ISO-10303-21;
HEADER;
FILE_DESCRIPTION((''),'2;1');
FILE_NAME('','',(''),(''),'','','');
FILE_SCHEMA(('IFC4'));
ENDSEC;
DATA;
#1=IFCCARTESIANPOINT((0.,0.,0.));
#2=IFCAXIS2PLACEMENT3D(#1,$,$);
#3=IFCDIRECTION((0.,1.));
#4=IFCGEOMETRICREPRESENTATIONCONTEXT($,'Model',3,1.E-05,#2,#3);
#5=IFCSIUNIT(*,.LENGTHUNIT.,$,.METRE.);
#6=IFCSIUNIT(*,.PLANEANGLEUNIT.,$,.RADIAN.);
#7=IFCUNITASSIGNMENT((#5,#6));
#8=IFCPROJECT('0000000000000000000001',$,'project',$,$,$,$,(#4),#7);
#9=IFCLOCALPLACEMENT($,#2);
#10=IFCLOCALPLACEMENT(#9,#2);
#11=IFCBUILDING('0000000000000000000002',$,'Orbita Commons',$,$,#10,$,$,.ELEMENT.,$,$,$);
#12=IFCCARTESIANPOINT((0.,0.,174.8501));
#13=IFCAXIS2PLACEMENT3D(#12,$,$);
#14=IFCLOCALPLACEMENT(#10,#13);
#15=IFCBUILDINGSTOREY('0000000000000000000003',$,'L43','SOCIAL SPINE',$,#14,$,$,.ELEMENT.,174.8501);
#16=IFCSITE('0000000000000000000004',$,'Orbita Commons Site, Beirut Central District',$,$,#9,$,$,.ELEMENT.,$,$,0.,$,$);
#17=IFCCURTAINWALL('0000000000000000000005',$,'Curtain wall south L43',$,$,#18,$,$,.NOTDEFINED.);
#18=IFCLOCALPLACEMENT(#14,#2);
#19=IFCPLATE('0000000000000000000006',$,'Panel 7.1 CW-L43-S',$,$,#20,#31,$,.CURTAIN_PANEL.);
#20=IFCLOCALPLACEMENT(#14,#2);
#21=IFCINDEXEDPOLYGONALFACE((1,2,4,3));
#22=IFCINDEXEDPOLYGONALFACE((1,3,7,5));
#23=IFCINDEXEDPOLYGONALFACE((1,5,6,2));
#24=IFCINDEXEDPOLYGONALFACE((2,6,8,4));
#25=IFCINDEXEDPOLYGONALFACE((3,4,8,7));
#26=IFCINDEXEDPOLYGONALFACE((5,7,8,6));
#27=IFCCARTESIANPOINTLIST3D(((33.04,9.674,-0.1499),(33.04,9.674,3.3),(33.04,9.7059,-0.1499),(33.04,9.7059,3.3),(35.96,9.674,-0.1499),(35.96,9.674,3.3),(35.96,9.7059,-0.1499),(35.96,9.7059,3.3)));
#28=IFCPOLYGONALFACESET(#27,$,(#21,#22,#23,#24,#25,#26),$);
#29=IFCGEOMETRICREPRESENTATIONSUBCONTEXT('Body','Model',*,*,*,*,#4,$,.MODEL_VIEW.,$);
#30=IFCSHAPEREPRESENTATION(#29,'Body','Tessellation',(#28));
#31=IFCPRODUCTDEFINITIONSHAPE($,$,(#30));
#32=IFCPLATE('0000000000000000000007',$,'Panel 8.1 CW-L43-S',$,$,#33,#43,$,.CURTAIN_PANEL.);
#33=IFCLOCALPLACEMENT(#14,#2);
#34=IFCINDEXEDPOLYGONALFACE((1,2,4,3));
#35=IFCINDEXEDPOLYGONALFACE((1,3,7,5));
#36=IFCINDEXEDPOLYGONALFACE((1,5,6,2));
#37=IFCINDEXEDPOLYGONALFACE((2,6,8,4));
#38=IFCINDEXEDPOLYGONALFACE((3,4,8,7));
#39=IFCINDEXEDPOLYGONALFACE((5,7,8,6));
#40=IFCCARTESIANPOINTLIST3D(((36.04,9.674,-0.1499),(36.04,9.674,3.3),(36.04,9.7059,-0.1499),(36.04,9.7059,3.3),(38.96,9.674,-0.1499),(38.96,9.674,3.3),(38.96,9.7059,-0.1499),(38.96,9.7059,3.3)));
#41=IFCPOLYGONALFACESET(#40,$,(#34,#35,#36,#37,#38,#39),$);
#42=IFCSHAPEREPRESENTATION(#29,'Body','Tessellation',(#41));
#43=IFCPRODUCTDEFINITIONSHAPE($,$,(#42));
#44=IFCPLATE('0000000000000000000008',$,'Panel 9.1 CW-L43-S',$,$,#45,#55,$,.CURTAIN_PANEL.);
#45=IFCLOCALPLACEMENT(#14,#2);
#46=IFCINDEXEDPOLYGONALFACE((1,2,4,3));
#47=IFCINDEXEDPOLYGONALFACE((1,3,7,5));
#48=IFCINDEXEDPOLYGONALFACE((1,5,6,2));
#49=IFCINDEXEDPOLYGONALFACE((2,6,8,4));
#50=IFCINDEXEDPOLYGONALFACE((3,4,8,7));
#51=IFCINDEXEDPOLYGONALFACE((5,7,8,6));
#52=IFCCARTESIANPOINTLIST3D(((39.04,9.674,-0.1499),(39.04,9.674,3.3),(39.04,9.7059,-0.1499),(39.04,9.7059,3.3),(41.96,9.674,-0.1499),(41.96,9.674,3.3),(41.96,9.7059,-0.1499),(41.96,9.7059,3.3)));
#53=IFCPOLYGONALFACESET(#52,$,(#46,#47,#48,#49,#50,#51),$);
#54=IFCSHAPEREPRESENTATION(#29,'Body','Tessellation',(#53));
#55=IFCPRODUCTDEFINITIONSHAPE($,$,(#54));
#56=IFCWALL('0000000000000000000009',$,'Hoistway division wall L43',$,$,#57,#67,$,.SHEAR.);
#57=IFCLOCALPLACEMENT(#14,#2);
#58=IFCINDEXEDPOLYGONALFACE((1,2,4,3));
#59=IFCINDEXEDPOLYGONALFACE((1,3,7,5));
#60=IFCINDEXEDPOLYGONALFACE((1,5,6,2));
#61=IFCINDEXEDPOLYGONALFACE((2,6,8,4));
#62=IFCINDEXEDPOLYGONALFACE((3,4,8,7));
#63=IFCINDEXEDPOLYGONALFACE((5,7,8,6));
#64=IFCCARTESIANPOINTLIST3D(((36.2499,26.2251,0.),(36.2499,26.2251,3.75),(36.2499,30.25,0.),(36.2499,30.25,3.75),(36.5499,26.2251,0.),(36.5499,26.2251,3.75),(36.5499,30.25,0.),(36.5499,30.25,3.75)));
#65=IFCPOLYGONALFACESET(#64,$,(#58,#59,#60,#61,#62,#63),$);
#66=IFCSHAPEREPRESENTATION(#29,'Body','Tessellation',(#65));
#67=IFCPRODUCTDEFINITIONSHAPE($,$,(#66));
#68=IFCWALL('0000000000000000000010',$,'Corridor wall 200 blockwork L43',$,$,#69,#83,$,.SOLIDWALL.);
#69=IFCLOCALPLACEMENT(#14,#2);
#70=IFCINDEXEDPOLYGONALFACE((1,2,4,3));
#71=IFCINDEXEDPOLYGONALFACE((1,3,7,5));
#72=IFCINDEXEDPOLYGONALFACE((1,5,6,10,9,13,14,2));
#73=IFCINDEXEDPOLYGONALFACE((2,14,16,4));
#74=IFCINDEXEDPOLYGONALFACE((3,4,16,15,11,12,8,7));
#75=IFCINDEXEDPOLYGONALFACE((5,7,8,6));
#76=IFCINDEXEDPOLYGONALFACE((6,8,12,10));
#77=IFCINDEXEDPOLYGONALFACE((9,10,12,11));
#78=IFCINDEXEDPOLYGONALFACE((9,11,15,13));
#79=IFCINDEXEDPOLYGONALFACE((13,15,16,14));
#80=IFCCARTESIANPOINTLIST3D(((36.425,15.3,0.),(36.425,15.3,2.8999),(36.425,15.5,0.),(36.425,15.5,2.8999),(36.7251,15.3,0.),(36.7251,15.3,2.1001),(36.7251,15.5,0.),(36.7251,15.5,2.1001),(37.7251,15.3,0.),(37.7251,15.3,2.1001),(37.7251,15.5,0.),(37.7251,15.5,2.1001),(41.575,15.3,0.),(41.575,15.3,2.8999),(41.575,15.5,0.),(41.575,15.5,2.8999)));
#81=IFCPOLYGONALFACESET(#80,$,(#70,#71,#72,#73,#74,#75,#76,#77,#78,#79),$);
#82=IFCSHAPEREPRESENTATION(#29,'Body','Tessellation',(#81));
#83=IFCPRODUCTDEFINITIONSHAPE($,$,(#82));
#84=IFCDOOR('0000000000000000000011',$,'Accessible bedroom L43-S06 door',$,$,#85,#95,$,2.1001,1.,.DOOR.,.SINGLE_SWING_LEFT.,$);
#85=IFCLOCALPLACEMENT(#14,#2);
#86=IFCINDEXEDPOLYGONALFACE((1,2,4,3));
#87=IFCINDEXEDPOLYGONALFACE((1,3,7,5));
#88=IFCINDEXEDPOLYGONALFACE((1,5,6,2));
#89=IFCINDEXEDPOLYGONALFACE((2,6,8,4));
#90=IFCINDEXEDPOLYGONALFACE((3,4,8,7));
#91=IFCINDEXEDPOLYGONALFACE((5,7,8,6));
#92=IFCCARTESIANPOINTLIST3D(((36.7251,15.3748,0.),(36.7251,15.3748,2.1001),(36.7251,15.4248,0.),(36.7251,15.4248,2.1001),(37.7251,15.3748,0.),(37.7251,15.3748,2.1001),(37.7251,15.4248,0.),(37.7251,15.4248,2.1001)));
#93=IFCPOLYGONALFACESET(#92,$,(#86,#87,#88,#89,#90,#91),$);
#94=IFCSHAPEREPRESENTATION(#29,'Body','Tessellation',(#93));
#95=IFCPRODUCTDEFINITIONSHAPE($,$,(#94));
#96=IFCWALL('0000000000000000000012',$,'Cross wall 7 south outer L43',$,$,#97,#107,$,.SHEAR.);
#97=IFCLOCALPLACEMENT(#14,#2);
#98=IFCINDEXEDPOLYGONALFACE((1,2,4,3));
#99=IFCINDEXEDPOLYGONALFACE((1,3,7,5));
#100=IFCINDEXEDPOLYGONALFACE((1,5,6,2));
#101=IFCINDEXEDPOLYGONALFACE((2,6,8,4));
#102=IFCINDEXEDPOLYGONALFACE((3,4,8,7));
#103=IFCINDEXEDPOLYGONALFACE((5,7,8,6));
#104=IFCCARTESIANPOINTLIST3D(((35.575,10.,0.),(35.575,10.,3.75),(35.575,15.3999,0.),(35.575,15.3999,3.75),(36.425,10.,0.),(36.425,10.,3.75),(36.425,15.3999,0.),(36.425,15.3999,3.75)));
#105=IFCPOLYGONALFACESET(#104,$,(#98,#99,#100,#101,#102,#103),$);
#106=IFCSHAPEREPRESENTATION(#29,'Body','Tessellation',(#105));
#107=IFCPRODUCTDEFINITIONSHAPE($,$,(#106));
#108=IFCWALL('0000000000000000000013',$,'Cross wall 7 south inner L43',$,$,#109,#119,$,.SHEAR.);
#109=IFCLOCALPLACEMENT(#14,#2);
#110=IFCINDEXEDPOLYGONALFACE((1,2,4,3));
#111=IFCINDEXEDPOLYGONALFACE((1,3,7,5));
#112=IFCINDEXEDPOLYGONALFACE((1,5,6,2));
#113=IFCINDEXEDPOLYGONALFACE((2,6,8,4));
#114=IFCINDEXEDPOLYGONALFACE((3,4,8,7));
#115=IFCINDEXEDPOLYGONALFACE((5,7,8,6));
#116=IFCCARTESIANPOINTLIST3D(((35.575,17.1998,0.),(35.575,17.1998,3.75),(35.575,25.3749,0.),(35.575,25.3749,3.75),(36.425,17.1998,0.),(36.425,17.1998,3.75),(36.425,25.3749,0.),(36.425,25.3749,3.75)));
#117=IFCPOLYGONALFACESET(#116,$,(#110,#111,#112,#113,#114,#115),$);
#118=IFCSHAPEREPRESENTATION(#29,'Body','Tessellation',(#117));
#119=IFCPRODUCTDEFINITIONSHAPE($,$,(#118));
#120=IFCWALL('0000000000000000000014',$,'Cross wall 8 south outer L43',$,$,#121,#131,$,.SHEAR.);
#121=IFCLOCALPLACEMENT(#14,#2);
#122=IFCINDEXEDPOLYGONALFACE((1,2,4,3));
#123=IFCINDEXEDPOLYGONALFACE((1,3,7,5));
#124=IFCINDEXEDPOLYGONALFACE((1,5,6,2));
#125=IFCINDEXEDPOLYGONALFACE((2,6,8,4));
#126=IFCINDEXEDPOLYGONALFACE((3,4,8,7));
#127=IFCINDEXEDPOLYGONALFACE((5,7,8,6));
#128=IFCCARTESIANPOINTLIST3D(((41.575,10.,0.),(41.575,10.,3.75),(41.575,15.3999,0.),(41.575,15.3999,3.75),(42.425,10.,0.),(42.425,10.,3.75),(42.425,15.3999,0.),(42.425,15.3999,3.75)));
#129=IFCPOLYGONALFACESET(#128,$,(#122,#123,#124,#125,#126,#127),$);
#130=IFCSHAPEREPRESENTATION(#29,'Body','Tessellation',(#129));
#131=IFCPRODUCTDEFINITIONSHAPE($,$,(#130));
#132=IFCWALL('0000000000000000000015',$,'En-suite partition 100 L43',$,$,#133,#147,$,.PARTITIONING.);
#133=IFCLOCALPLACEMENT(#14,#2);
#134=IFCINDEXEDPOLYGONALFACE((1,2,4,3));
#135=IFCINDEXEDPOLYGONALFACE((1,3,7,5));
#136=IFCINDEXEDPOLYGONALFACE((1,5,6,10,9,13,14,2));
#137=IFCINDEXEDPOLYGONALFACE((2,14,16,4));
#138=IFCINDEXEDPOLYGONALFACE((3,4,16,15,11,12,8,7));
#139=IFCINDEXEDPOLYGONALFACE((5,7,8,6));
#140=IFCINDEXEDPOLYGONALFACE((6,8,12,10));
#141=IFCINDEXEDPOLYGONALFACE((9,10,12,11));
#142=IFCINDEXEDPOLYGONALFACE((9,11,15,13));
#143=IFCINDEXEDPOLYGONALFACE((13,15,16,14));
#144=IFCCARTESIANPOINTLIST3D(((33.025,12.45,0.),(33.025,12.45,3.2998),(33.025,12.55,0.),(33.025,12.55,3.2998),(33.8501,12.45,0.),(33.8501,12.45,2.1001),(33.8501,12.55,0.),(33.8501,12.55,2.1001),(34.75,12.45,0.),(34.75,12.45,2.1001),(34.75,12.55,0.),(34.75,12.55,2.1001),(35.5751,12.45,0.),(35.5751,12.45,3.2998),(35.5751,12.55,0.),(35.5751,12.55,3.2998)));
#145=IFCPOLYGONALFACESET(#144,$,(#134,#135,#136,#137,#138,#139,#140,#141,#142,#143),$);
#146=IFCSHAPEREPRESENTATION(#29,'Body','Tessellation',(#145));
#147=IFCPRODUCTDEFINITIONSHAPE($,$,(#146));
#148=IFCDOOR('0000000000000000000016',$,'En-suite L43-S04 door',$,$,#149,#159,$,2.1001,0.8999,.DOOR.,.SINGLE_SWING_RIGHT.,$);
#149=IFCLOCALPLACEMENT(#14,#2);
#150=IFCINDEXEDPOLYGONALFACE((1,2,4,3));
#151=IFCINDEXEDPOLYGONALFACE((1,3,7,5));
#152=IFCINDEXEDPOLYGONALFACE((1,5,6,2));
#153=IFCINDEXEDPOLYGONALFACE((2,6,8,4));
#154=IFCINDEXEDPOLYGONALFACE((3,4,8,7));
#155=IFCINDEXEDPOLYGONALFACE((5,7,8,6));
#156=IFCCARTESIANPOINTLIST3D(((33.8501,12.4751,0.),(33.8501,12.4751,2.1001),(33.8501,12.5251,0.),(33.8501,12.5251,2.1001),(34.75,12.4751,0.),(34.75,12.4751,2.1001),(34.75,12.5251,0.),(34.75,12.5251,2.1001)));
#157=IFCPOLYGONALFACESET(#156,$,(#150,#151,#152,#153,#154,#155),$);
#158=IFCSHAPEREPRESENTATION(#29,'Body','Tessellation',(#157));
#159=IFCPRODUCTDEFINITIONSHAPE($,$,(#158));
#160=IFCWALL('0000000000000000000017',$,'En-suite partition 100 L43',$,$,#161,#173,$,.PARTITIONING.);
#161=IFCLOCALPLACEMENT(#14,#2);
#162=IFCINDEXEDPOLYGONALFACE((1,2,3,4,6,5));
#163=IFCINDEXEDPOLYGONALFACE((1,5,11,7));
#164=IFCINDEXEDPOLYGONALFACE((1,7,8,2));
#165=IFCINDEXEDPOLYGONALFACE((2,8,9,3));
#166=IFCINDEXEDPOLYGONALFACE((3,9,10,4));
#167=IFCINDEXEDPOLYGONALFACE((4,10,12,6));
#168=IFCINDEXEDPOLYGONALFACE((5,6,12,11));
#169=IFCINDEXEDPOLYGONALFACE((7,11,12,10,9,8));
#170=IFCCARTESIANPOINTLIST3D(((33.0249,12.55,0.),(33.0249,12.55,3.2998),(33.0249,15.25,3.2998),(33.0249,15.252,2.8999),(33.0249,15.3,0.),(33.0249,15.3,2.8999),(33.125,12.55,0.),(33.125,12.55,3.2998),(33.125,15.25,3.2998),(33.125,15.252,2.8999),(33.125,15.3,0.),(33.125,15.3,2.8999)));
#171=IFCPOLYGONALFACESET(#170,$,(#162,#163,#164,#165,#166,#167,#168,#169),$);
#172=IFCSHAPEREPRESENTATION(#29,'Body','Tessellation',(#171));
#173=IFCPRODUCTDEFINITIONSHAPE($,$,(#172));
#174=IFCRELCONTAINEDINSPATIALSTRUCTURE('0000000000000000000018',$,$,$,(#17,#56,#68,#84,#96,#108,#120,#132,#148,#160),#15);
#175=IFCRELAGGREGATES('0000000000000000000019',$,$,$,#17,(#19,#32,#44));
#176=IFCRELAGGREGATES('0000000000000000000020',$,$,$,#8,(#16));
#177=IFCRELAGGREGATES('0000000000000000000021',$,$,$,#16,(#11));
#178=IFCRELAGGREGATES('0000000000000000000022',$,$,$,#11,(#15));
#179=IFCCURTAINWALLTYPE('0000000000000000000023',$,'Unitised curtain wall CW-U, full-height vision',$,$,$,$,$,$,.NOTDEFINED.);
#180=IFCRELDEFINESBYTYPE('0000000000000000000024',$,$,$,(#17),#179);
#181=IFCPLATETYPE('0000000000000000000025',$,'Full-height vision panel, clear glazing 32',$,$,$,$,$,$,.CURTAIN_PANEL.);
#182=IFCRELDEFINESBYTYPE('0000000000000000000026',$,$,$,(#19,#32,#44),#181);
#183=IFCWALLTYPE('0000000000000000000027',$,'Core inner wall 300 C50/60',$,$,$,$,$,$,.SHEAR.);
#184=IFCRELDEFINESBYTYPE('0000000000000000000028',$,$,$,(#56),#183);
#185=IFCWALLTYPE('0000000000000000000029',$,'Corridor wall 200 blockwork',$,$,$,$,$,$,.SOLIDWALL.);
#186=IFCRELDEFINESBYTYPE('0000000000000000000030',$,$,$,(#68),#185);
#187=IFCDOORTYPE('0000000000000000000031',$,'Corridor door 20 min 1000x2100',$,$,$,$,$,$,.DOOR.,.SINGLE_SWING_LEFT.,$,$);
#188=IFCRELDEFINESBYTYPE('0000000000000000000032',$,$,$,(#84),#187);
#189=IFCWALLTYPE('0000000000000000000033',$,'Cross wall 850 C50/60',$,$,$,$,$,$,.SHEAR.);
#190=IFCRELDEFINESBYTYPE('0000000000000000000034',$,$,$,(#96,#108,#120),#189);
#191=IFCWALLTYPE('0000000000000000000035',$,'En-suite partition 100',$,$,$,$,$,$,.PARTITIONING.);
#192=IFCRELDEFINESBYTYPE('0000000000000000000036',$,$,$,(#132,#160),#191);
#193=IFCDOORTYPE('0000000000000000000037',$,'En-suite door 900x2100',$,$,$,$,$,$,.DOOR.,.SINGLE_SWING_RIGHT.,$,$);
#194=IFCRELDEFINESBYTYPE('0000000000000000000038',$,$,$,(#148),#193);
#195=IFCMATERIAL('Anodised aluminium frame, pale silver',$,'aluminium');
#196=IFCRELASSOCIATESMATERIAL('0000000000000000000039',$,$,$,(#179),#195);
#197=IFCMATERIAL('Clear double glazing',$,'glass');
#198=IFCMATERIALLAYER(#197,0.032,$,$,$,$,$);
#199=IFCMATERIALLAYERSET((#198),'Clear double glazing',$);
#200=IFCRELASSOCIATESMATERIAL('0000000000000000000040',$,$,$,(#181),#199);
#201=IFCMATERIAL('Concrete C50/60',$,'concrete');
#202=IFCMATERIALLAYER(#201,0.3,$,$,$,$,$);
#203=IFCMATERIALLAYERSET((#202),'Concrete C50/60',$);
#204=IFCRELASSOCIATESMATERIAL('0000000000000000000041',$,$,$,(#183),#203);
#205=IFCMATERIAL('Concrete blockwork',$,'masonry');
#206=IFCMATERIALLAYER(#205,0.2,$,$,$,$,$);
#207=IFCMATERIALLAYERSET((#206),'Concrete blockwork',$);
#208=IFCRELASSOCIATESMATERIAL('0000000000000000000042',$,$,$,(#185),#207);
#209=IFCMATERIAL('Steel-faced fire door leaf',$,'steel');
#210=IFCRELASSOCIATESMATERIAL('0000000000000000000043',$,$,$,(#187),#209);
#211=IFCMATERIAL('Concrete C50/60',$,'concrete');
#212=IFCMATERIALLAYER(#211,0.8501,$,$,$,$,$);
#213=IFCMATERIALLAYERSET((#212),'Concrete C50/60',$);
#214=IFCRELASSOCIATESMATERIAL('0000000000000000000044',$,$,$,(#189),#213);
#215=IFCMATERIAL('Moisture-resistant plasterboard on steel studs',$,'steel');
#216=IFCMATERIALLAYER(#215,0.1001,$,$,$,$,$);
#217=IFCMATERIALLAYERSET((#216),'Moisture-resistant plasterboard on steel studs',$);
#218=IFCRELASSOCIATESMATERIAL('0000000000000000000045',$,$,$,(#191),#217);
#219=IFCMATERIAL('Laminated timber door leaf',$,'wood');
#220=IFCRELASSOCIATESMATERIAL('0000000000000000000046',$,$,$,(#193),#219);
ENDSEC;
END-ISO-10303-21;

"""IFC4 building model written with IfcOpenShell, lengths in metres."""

from ifc_helpers import new_model, si_unit, direction, frame, frame_2d, origin, origin_2d, place, context, subcontext, project, spatial, polyline, rectangle, outline, extrude, material, layer, layer_set, type_object, element, fill, aggregate, save


model = new_model("IFC4")

# Units and contexts
model_context = context("Model", 3, precision=1e-05, world=origin(), true_north=direction((0.0, 1.0)))
body_context = subcontext(model_context, "Body", "Model", "MODEL_VIEW")
ifc_project = project(units=[si_unit("LENGTHUNIT", "METRE"), si_unit("PLANEANGLEUNIT", "RADIAN")], contexts=[model_context])

# Site, building, storey
site_placement = place(None, origin())
site = spatial("IfcSite", under=ifc_project, at=site_placement, Name="Orbita Commons Site, Beirut Central District", CompositionType="ELEMENT", RefElevation=0.0)
building_placement = place(site_placement, origin())
building = spatial("IfcBuilding", under=site, at=building_placement, Name="Orbita Commons", CompositionType="ELEMENT")
storey_placement = place(building_placement, frame((0.0, 0.0, 174.8501)))
storey = spatial("IfcBuildingStorey", under=building, at=storey_placement, Name="L43", Description="SOCIAL SPINE", CompositionType="ELEMENT", Elevation=174.8501)

# Curtain wall
ifc_material_1 = material(Name="Anodised aluminium frame, pale silver", Category="aluminium")
curtain_wall_type = type_object("IfcCurtainWallType", Name="Unitised curtain wall CW-U, full-height vision", PredefinedType="NOTDEFINED", material=ifc_material_1)
curtain_wall_placement = place(storey_placement, origin())
curtain_wall = element("IfcCurtainWall", 1, at=curtain_wall_placement, inside=storey, type_object=curtain_wall_type, Name="Curtain wall south L43", PredefinedType="NOTDEFINED")

# Plates
ifc_material_2 = material(Name="Clear double glazing", Category="glass")
ifc_layer_1 = layer(ifc_material_2, 0.032)
ifc_layer_set_1 = layer_set([ifc_layer_1], Name="Clear double glazing")
plate_type = type_object("IfcPlateType", Name="Full-height vision panel, clear glazing 32", PredefinedType="CURTAIN_PANEL", material=ifc_layer_set_1)
plate_1_placement = place(storey_placement, frame((34.5, 9.6899, -0.1499), z_axis=(0.0, 0.0, 1.0), x_axis=(1.0, 0.0, 0.0)))
plate_1 = element("IfcPlate", 2, at=plate_1_placement, type_object=plate_type, Name="Panel 7.1 CW-L43-S", PredefinedType="CURTAIN_PANEL", context=body_context, shape_type="SweptSolid", body=[
    extrude(rectangle(XDim=2.9199, YDim=0.032, at=origin_2d()), origin(), (0.0, 0.0, 1.0), 3.45),
])
plate_2_placement = place(storey_placement, frame((37.5, 9.6899, -0.1499), z_axis=(0.0, 0.0, 1.0), x_axis=(1.0, 0.0, 0.0)))
plate_2 = element("IfcPlate", 3, at=plate_2_placement, type_object=plate_type, Name="Panel 8.1 CW-L43-S", PredefinedType="CURTAIN_PANEL", context=body_context, shape_type="SweptSolid", body=[
    extrude(rectangle(XDim=2.9199, YDim=0.032, at=origin_2d()), origin(), (0.0, 0.0, 1.0), 3.45),
])
plate_3_placement = place(storey_placement, frame((40.5, 9.6899, -0.1499), z_axis=(0.0, 0.0, 1.0), x_axis=(1.0, 0.0, 0.0)))
plate_3 = element("IfcPlate", 4, at=plate_3_placement, type_object=plate_type, Name="Panel 9.1 CW-L43-S", PredefinedType="CURTAIN_PANEL", context=body_context, shape_type="SweptSolid", body=[
    extrude(rectangle(XDim=2.9199, YDim=0.032, at=origin_2d()), origin(), (0.0, 0.0, 1.0), 3.45),
])
aggregate(curtain_wall, [plate_1, plate_2, plate_3])

# Wall
ifc_material_3 = material(Name="Concrete C50/60", Category="concrete")
ifc_layer_2 = layer(ifc_material_3, 0.3)
ifc_layer_set_2 = layer_set([ifc_layer_2], Name="Concrete C50/60")
wall_type_1 = type_object("IfcWallType", Name="Core inner wall 300 C50/60", PredefinedType="SHEAR", material=ifc_layer_set_2)
wall_1_placement = place(storey_placement, frame((36.3999, 26.2251, 0.0), z_axis=(0.0, 0.0, 1.0), x_axis=(0.0, 1.0, 0.0)))
element("IfcWall", 5, at=wall_1_placement, inside=storey, type_object=wall_type_1, Name="Hoistway division wall L43", PredefinedType="SHEAR", context=body_context, shape_type="SweptSolid", body=[
    extrude(rectangle(XDim=4.0249, YDim=0.3, at=frame_2d((2.0125, 0.0))), origin(), (0.0, 0.0, 1.0), 3.75),
])

# Wall, opening, door
ifc_material_4 = material(Name="Concrete blockwork", Category="masonry")
ifc_layer_3 = layer(ifc_material_4, 0.2)
ifc_layer_set_3 = layer_set([ifc_layer_3], Name="Concrete blockwork")
wall_type_2 = type_object("IfcWallType", Name="Corridor wall 200 blockwork", PredefinedType="SOLIDWALL", material=ifc_layer_set_3)
wall_2_placement = place(storey_placement, frame((36.425, 15.3999, 0.0), z_axis=(0.0, 0.0, 1.0), x_axis=(1.0, 0.0, 0.0)))
wall_2 = element("IfcWall", 6, at=wall_2_placement, inside=storey, type_object=wall_type_2, Name="Corridor wall 200 blockwork L43", PredefinedType="SOLIDWALL", context=body_context, shape_type="SweptSolid", body=[
    extrude(outline(polyline([(0.0, 0.0), (5.1499, 0.0), (5.1499, 2.8999), (0.0, 2.8999), (0.0, 0.0)])), frame((0.0, 0.1001, 0.0), z_axis=(0.0, -1.0, 0.0), x_axis=(1.0, 0.0, 0.0)), (0.0, 0.0, 1.0), 0.2),
])
opening_1_placement = place(wall_2_placement, frame((0.3, 0.0, 0.0)))
opening_1 = element("IfcOpeningElement", 7, at=opening_1_placement, cuts=wall_2, PredefinedType="OPENING", context=body_context, shape_type="SweptSolid", body=[
    extrude(rectangle(XDim=1.0, YDim=2.1001, at=frame_2d((0.5, 1.05))), frame((0.0, 0.1099, 0.0), z_axis=(0.0, -1.0, 0.0), x_axis=(1.0, 0.0, 0.0)), (0.0, 0.0, 1.0), 0.22),
])
ifc_material_5 = material(Name="Steel-faced fire door leaf", Category="steel")
door_type_1 = type_object("IfcDoorType", Name="Corridor door 20 min 1000x2100", OperationType="SINGLE_SWING_LEFT", PredefinedType="DOOR", material=ifc_material_5)
door_1_placement = place(opening_1_placement, origin())
door_1 = element("IfcDoor", 8, at=door_1_placement, inside=storey, type_object=door_type_1, Name="Accessible bedroom L43-S06 door", OperationType="SINGLE_SWING_LEFT", OverallHeight=2.1001, OverallWidth=1.0, PredefinedType="DOOR", context=body_context, shape_type="SweptSolid", body=[
    extrude(rectangle(XDim=1.0, YDim=2.1001, at=frame_2d((0.5, 1.05))), frame((0.0, 0.0249, 0.0), z_axis=(0.0, -1.0, 0.0), x_axis=(1.0, 0.0, 0.0)), (0.0, 0.0, 1.0), 0.05),
])
fill(opening_1, door_1)

# Walls
ifc_material_6 = material(Name="Concrete C50/60", Category="concrete")
ifc_layer_4 = layer(ifc_material_6, 0.8501)
ifc_layer_set_4 = layer_set([ifc_layer_4], Name="Concrete C50/60")
wall_type_3 = type_object("IfcWallType", Name="Cross wall 850 C50/60", PredefinedType="SHEAR", material=ifc_layer_set_4)
wall_3_placement = place(storey_placement, frame((36.0, 10.0, 0.0), z_axis=(0.0, 0.0, 1.0), x_axis=(0.0, 1.0, 0.0)))
element("IfcWall", 9, at=wall_3_placement, inside=storey, type_object=wall_type_3, Name="Cross wall 7 south outer L43", PredefinedType="SHEAR", context=body_context, shape_type="SweptSolid", body=[
    extrude(rectangle(XDim=5.3999, YDim=0.8501, at=frame_2d((2.7, 0.0))), origin(), (0.0, 0.0, 1.0), 3.75),
])
wall_4_placement = place(storey_placement, frame((36.0, 17.2, 0.0), z_axis=(0.0, 0.0, 1.0), x_axis=(0.0, 1.0, 0.0)))
element("IfcWall", 10, at=wall_4_placement, inside=storey, type_object=wall_type_3, Name="Cross wall 7 south inner L43", PredefinedType="SHEAR", context=body_context, shape_type="SweptSolid", body=[
    extrude(rectangle(XDim=8.175, YDim=0.8501, at=frame_2d((4.0874, 0.0))), origin(), (0.0, 0.0, 1.0), 3.75),
])
wall_5_placement = place(storey_placement, frame((42.0, 10.0, 0.0), z_axis=(0.0, 0.0, 1.0), x_axis=(0.0, 1.0, 0.0)))
element("IfcWall", 11, at=wall_5_placement, inside=storey, type_object=wall_type_3, Name="Cross wall 8 south outer L43", PredefinedType="SHEAR", context=body_context, shape_type="SweptSolid", body=[
    extrude(rectangle(XDim=5.3999, YDim=0.8501, at=frame_2d((2.7, 0.0))), origin(), (0.0, 0.0, 1.0), 3.75),
])

# Wall, opening, door
ifc_material_7 = material(Name="Moisture-resistant plasterboard on steel studs", Category="steel")
ifc_layer_5 = layer(ifc_material_7, 0.1001)
ifc_layer_set_5 = layer_set([ifc_layer_5], Name="Moisture-resistant plasterboard on steel studs")
wall_type_4 = type_object("IfcWallType", Name="En-suite partition 100", PredefinedType="PARTITIONING", material=ifc_layer_set_5)
wall_6_placement = place(storey_placement, frame((35.575, 12.5, 0.0), z_axis=(0.0, 0.0, 1.0), x_axis=(-1.0, 0.0, 0.0)))
wall_6 = element("IfcWall", 12, at=wall_6_placement, inside=storey, type_object=wall_type_4, Name="En-suite partition 100 L43", PredefinedType="PARTITIONING", context=body_context, shape_type="SweptSolid", body=[
    extrude(rectangle(XDim=2.55, YDim=0.1001, at=frame_2d((1.2749, 0.0))), origin(), (0.0, 0.0, 1.0), 3.2998),
])
opening_2_placement = place(wall_6_placement, frame((0.825, 0.0, 0.0)))
opening_2 = element("IfcOpeningElement", 13, at=opening_2_placement, cuts=wall_6, PredefinedType="OPENING", context=body_context, shape_type="SweptSolid", body=[
    extrude(rectangle(XDim=0.8999, YDim=2.1001, at=frame_2d((0.45, 1.05))), frame((0.0, 0.0601, 0.0), z_axis=(0.0, -1.0, 0.0), x_axis=(1.0, 0.0, 0.0)), (0.0, 0.0, 1.0), 0.1201),
])
ifc_material_8 = material(Name="Laminated timber door leaf", Category="wood")
door_type_2 = type_object("IfcDoorType", Name="En-suite door 900x2100", OperationType="SINGLE_SWING_RIGHT", PredefinedType="DOOR", material=ifc_material_8)
door_2_placement = place(opening_2_placement, origin())
door_2 = element("IfcDoor", 14, at=door_2_placement, inside=storey, type_object=door_type_2, Name="En-suite L43-S04 door", OperationType="SINGLE_SWING_RIGHT", OverallHeight=2.1001, OverallWidth=0.8999, PredefinedType="DOOR", context=body_context, shape_type="SweptSolid", body=[
    extrude(rectangle(XDim=0.8999, YDim=2.1001, at=frame_2d((0.45, 1.05))), frame((0.0, 0.0249, 0.0), z_axis=(0.0, -1.0, 0.0), x_axis=(1.0, 0.0, 0.0)), (0.0, 0.0, 1.0), 0.05),
])
fill(opening_2, door_2)

# Wall
wall_7_placement = place(storey_placement, frame((33.075, 12.55, 0.0), z_axis=(0.0, 0.0, 1.0), x_axis=(0.0, 1.0, 0.0)))
element("IfcWall", 15, at=wall_7_placement, inside=storey, type_object=wall_type_4, Name="En-suite partition 100 L43", PredefinedType="PARTITIONING", context=body_context, shape_type="SweptSolid", body=[
    extrude(outline(polyline([(0.0, 0.0), (2.75, 0.0), (2.75, 2.8999), (2.7019, 2.8999), (2.7, 3.2998), (0.0, 3.2998), (0.0, 0.0)])), frame((0.0, 0.05, 0.0), z_axis=(0.0, -1.0, 0.0), x_axis=(1.0, 0.0, 0.0)), (0.0, 0.0, 1.0), 0.1001),
])

save(model, "model.ifc")
